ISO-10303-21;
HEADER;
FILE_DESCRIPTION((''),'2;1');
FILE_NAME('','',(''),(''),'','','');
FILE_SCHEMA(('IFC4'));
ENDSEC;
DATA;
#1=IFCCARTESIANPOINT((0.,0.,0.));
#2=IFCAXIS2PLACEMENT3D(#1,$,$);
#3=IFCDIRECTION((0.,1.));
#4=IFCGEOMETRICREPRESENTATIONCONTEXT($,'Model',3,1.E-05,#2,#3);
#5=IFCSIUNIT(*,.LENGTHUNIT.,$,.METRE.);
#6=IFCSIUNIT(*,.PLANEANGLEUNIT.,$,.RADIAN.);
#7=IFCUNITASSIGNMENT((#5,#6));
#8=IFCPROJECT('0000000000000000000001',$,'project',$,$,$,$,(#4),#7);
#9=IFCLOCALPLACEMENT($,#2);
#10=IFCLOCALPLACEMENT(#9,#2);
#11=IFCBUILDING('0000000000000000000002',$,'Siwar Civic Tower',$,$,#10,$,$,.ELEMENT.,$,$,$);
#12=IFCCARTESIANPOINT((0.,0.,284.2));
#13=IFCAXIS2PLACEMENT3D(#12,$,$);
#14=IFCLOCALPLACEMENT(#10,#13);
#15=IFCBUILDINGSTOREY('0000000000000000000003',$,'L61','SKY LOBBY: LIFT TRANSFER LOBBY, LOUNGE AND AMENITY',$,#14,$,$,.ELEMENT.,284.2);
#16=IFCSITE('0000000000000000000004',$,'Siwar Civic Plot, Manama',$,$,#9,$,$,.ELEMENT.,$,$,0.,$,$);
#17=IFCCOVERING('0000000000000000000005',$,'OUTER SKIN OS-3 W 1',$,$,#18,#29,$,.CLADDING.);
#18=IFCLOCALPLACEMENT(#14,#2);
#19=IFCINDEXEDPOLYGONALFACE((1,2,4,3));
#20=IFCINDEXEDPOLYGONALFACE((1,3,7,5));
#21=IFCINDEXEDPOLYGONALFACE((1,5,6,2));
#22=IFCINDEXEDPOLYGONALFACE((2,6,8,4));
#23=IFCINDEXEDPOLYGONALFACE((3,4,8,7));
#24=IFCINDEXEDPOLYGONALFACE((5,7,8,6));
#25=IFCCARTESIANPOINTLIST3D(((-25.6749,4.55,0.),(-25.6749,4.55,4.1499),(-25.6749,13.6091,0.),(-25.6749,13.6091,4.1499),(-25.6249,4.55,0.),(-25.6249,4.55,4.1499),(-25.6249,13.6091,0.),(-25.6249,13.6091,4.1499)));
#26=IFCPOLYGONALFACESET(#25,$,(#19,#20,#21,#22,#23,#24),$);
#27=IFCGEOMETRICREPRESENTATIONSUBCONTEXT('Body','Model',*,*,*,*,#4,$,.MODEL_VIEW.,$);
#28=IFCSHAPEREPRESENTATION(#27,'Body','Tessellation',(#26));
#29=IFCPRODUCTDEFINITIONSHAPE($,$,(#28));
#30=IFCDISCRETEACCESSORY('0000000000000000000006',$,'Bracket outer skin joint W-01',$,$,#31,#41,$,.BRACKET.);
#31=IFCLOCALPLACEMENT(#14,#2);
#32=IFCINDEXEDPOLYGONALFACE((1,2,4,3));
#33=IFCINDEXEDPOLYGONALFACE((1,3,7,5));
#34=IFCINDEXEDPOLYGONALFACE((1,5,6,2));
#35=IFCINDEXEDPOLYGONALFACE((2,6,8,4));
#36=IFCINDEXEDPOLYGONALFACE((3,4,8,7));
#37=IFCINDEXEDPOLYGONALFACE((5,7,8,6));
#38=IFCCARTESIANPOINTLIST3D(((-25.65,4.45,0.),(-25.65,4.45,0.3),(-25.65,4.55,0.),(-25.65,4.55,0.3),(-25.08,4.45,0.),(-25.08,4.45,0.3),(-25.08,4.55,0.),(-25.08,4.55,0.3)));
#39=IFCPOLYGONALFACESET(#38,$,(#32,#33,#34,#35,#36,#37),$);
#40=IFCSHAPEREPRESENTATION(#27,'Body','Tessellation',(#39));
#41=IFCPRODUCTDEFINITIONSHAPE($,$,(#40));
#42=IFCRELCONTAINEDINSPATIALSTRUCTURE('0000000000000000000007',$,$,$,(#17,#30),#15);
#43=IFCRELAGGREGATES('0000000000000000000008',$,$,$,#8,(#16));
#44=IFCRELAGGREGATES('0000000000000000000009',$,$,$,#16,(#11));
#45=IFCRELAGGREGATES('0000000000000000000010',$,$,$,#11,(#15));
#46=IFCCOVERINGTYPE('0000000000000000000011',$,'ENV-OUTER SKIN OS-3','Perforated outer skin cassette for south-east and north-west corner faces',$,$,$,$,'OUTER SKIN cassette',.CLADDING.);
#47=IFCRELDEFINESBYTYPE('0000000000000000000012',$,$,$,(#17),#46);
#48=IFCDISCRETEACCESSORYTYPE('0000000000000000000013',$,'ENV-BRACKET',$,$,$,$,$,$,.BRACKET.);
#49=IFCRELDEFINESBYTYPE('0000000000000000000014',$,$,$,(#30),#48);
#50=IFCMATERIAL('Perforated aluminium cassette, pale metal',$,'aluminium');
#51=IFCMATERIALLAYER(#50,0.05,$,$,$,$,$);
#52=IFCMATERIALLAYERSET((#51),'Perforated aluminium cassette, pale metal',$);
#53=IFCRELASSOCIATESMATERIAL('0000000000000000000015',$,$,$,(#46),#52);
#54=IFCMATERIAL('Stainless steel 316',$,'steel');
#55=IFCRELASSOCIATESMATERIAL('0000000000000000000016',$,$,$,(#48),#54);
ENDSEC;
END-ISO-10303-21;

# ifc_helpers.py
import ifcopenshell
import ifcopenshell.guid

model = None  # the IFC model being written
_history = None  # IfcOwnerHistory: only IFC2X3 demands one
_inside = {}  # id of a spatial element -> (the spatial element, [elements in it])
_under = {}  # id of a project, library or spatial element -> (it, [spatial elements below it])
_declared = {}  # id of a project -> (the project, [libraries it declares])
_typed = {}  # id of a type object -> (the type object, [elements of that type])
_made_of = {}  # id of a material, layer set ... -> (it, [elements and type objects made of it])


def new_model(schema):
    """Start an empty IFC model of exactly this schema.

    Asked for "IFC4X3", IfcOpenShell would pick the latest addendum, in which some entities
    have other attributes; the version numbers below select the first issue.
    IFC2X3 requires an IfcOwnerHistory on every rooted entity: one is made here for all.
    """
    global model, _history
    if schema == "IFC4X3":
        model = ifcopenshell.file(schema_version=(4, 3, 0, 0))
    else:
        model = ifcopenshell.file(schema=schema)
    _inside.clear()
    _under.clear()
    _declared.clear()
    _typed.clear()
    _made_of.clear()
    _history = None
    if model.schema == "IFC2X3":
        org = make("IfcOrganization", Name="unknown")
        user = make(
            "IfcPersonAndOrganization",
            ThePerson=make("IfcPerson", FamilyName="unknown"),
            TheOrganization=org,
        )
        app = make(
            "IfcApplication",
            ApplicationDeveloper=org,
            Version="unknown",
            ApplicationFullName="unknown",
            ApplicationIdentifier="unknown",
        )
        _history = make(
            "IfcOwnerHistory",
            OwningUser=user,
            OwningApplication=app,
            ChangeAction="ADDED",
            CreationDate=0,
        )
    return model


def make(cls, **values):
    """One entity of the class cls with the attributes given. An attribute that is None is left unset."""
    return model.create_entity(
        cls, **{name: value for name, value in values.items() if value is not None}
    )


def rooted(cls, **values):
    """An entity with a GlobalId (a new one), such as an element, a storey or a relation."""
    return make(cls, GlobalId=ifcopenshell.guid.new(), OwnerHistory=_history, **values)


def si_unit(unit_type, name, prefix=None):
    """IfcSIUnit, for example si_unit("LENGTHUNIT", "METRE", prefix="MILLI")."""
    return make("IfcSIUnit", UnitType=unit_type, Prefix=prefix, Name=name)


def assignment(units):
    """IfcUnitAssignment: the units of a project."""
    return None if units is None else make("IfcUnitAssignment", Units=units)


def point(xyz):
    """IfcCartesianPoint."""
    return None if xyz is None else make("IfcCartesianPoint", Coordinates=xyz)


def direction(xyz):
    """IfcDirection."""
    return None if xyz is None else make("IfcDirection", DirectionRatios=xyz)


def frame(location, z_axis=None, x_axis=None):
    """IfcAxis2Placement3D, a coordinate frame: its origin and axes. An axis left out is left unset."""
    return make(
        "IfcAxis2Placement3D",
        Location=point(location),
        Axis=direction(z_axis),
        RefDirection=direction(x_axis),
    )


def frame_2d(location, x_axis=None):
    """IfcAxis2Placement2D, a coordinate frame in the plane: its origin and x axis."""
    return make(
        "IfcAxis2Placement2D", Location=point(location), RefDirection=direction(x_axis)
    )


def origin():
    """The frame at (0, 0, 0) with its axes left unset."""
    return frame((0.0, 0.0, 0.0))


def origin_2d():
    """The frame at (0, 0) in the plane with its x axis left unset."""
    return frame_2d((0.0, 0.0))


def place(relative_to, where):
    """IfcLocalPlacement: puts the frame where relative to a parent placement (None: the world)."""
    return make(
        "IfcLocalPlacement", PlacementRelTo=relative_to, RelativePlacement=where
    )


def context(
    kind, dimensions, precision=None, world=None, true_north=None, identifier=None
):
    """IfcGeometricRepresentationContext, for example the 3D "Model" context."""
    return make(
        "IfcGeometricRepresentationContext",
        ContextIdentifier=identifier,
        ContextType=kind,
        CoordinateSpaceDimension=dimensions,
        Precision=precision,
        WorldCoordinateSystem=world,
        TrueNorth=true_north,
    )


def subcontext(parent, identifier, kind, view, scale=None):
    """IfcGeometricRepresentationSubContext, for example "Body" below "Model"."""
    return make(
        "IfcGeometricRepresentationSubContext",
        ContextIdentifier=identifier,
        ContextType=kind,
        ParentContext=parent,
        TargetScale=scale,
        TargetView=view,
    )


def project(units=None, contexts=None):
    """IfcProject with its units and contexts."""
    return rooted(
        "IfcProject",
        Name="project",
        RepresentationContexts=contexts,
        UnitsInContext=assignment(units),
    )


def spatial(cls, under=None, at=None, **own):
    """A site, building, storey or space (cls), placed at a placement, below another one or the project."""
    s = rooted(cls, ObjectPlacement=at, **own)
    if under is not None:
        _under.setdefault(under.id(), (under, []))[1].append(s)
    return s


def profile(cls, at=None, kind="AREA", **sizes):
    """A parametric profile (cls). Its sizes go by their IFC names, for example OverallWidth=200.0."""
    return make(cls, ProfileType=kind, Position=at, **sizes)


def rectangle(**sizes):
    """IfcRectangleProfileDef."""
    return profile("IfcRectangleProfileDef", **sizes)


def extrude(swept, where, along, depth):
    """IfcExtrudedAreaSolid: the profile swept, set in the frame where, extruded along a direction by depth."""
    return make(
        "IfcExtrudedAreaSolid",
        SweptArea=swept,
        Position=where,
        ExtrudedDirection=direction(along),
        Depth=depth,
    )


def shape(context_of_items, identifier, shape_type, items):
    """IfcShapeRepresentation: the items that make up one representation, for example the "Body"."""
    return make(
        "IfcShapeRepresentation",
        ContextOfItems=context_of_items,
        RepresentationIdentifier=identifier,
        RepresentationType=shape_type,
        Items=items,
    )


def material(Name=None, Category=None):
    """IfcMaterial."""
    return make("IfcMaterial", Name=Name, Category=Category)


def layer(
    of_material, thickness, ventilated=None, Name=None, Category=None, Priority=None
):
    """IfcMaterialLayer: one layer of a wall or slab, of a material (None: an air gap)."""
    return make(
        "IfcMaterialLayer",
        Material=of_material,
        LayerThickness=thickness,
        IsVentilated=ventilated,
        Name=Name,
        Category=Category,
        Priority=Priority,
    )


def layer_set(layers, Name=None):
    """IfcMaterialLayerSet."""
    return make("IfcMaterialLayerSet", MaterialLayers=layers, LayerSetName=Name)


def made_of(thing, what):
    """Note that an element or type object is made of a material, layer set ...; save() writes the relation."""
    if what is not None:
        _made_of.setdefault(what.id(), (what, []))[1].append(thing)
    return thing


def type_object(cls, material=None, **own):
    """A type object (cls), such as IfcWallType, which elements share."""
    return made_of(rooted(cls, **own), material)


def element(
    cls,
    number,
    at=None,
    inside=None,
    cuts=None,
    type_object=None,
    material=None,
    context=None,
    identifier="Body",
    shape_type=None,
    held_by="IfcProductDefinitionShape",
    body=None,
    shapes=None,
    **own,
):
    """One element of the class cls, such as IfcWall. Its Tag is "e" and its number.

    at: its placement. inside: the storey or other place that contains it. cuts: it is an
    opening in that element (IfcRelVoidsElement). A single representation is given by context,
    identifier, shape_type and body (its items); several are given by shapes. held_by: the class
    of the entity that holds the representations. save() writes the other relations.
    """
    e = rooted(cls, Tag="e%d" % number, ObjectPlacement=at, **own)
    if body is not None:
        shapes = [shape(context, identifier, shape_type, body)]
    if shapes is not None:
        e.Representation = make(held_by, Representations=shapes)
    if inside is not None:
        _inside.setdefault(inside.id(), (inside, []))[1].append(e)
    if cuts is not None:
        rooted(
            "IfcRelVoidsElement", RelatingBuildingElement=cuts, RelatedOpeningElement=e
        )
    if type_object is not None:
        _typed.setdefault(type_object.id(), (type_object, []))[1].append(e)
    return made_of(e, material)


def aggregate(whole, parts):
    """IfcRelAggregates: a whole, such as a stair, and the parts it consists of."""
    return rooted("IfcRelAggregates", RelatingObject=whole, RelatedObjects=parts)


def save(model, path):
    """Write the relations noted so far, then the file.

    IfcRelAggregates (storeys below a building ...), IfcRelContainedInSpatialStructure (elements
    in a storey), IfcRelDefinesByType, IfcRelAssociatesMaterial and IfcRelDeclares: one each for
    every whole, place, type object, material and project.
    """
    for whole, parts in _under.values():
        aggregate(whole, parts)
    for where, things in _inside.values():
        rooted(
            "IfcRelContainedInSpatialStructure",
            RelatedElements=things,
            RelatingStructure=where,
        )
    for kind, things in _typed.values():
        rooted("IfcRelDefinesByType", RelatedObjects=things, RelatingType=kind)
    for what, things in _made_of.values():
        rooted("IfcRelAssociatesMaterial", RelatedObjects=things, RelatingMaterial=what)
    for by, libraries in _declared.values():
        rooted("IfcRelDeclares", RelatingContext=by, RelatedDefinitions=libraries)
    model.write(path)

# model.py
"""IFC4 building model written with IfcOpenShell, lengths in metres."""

from ifc_helpers import new_model, si_unit, direction, frame, origin, origin_2d, place, context, subcontext, project, spatial, rectangle, extrude, material, layer, layer_set, type_object, element, save


model = new_model("IFC4")

# Units and contexts
model_context = context("Model", 3, precision=1e-05, world=origin(), true_north=direction((0.0, 1.0)))
body_context = subcontext(model_context, "Body", "Model", "MODEL_VIEW")
ifc_project = project(units=[si_unit("LENGTHUNIT", "METRE"), si_unit("PLANEANGLEUNIT", "RADIAN")], contexts=[model_context])

# Site, building, storey
site_placement = place(None, origin())
site = spatial("IfcSite", under=ifc_project, at=site_placement, Name="Siwar Civic Plot, Manama", CompositionType="ELEMENT", RefElevation=0.0)
building_placement = place(site_placement, origin())
building = spatial("IfcBuilding", under=site, at=building_placement, Name="Siwar Civic Tower", CompositionType="ELEMENT")
storey_placement = place(building_placement, frame((0.0, 0.0, 284.2)))
storey = spatial("IfcBuildingStorey", under=building, at=storey_placement, Name="L61", Description="SKY LOBBY: LIFT TRANSFER LOBBY, LOUNGE AND AMENITY", CompositionType="ELEMENT", Elevation=284.2)

# Covering
ifc_material_1 = material(Name="Perforated aluminium cassette, pale metal", Category="aluminium")
ifc_layer_1 = layer(ifc_material_1, 0.05)
ifc_layer_set_1 = layer_set([ifc_layer_1], Name="Perforated aluminium cassette, pale metal")
covering_type = type_object("IfcCoveringType", Name="ENV-OUTER SKIN OS-3", Description="Perforated outer skin cassette for south-east and north-west corner faces", ElementType="OUTER SKIN cassette", PredefinedType="CLADDING", material=ifc_layer_set_1)
covering_placement = place(storey_placement, frame((-25.6499, 9.0796, 0.0), z_axis=(0.0, 0.0, 1.0), x_axis=(0.0, -1.0, 0.0)))
element("IfcCovering", 1, at=covering_placement, inside=storey, type_object=covering_type, Name="OUTER SKIN OS-3 W 1", PredefinedType="CLADDING", context=body_context, shape_type="SweptSolid", body=[
    extrude(rectangle(XDim=9.0591, YDim=0.05, at=origin_2d()), origin(), (0.0, 0.0, 1.0), 4.1499),
])

# Discrete accessory
ifc_material_2 = material(Name="Stainless steel 316", Category="steel")
discrete_accessory_type = type_object("IfcDiscreteAccessoryType", Name="ENV-BRACKET", PredefinedType="BRACKET", material=ifc_material_2)
discrete_accessory_placement = place(storey_placement, frame((-25.365, 4.5, 0.0), z_axis=(0.0, 0.0, 1.0), x_axis=(-1.0, 0.0, 0.0)))
element("IfcDiscreteAccessory", 2, at=discrete_accessory_placement, inside=storey, type_object=discrete_accessory_type, Name="Bracket outer skin joint W-01", PredefinedType="BRACKET", context=body_context, shape_type="SweptSolid", body=[
    extrude(rectangle(XDim=0.5701, YDim=0.1001, at=origin_2d()), origin(), (0.0, 0.0, 1.0), 0.3),
])

save(model, "model.ifc")
